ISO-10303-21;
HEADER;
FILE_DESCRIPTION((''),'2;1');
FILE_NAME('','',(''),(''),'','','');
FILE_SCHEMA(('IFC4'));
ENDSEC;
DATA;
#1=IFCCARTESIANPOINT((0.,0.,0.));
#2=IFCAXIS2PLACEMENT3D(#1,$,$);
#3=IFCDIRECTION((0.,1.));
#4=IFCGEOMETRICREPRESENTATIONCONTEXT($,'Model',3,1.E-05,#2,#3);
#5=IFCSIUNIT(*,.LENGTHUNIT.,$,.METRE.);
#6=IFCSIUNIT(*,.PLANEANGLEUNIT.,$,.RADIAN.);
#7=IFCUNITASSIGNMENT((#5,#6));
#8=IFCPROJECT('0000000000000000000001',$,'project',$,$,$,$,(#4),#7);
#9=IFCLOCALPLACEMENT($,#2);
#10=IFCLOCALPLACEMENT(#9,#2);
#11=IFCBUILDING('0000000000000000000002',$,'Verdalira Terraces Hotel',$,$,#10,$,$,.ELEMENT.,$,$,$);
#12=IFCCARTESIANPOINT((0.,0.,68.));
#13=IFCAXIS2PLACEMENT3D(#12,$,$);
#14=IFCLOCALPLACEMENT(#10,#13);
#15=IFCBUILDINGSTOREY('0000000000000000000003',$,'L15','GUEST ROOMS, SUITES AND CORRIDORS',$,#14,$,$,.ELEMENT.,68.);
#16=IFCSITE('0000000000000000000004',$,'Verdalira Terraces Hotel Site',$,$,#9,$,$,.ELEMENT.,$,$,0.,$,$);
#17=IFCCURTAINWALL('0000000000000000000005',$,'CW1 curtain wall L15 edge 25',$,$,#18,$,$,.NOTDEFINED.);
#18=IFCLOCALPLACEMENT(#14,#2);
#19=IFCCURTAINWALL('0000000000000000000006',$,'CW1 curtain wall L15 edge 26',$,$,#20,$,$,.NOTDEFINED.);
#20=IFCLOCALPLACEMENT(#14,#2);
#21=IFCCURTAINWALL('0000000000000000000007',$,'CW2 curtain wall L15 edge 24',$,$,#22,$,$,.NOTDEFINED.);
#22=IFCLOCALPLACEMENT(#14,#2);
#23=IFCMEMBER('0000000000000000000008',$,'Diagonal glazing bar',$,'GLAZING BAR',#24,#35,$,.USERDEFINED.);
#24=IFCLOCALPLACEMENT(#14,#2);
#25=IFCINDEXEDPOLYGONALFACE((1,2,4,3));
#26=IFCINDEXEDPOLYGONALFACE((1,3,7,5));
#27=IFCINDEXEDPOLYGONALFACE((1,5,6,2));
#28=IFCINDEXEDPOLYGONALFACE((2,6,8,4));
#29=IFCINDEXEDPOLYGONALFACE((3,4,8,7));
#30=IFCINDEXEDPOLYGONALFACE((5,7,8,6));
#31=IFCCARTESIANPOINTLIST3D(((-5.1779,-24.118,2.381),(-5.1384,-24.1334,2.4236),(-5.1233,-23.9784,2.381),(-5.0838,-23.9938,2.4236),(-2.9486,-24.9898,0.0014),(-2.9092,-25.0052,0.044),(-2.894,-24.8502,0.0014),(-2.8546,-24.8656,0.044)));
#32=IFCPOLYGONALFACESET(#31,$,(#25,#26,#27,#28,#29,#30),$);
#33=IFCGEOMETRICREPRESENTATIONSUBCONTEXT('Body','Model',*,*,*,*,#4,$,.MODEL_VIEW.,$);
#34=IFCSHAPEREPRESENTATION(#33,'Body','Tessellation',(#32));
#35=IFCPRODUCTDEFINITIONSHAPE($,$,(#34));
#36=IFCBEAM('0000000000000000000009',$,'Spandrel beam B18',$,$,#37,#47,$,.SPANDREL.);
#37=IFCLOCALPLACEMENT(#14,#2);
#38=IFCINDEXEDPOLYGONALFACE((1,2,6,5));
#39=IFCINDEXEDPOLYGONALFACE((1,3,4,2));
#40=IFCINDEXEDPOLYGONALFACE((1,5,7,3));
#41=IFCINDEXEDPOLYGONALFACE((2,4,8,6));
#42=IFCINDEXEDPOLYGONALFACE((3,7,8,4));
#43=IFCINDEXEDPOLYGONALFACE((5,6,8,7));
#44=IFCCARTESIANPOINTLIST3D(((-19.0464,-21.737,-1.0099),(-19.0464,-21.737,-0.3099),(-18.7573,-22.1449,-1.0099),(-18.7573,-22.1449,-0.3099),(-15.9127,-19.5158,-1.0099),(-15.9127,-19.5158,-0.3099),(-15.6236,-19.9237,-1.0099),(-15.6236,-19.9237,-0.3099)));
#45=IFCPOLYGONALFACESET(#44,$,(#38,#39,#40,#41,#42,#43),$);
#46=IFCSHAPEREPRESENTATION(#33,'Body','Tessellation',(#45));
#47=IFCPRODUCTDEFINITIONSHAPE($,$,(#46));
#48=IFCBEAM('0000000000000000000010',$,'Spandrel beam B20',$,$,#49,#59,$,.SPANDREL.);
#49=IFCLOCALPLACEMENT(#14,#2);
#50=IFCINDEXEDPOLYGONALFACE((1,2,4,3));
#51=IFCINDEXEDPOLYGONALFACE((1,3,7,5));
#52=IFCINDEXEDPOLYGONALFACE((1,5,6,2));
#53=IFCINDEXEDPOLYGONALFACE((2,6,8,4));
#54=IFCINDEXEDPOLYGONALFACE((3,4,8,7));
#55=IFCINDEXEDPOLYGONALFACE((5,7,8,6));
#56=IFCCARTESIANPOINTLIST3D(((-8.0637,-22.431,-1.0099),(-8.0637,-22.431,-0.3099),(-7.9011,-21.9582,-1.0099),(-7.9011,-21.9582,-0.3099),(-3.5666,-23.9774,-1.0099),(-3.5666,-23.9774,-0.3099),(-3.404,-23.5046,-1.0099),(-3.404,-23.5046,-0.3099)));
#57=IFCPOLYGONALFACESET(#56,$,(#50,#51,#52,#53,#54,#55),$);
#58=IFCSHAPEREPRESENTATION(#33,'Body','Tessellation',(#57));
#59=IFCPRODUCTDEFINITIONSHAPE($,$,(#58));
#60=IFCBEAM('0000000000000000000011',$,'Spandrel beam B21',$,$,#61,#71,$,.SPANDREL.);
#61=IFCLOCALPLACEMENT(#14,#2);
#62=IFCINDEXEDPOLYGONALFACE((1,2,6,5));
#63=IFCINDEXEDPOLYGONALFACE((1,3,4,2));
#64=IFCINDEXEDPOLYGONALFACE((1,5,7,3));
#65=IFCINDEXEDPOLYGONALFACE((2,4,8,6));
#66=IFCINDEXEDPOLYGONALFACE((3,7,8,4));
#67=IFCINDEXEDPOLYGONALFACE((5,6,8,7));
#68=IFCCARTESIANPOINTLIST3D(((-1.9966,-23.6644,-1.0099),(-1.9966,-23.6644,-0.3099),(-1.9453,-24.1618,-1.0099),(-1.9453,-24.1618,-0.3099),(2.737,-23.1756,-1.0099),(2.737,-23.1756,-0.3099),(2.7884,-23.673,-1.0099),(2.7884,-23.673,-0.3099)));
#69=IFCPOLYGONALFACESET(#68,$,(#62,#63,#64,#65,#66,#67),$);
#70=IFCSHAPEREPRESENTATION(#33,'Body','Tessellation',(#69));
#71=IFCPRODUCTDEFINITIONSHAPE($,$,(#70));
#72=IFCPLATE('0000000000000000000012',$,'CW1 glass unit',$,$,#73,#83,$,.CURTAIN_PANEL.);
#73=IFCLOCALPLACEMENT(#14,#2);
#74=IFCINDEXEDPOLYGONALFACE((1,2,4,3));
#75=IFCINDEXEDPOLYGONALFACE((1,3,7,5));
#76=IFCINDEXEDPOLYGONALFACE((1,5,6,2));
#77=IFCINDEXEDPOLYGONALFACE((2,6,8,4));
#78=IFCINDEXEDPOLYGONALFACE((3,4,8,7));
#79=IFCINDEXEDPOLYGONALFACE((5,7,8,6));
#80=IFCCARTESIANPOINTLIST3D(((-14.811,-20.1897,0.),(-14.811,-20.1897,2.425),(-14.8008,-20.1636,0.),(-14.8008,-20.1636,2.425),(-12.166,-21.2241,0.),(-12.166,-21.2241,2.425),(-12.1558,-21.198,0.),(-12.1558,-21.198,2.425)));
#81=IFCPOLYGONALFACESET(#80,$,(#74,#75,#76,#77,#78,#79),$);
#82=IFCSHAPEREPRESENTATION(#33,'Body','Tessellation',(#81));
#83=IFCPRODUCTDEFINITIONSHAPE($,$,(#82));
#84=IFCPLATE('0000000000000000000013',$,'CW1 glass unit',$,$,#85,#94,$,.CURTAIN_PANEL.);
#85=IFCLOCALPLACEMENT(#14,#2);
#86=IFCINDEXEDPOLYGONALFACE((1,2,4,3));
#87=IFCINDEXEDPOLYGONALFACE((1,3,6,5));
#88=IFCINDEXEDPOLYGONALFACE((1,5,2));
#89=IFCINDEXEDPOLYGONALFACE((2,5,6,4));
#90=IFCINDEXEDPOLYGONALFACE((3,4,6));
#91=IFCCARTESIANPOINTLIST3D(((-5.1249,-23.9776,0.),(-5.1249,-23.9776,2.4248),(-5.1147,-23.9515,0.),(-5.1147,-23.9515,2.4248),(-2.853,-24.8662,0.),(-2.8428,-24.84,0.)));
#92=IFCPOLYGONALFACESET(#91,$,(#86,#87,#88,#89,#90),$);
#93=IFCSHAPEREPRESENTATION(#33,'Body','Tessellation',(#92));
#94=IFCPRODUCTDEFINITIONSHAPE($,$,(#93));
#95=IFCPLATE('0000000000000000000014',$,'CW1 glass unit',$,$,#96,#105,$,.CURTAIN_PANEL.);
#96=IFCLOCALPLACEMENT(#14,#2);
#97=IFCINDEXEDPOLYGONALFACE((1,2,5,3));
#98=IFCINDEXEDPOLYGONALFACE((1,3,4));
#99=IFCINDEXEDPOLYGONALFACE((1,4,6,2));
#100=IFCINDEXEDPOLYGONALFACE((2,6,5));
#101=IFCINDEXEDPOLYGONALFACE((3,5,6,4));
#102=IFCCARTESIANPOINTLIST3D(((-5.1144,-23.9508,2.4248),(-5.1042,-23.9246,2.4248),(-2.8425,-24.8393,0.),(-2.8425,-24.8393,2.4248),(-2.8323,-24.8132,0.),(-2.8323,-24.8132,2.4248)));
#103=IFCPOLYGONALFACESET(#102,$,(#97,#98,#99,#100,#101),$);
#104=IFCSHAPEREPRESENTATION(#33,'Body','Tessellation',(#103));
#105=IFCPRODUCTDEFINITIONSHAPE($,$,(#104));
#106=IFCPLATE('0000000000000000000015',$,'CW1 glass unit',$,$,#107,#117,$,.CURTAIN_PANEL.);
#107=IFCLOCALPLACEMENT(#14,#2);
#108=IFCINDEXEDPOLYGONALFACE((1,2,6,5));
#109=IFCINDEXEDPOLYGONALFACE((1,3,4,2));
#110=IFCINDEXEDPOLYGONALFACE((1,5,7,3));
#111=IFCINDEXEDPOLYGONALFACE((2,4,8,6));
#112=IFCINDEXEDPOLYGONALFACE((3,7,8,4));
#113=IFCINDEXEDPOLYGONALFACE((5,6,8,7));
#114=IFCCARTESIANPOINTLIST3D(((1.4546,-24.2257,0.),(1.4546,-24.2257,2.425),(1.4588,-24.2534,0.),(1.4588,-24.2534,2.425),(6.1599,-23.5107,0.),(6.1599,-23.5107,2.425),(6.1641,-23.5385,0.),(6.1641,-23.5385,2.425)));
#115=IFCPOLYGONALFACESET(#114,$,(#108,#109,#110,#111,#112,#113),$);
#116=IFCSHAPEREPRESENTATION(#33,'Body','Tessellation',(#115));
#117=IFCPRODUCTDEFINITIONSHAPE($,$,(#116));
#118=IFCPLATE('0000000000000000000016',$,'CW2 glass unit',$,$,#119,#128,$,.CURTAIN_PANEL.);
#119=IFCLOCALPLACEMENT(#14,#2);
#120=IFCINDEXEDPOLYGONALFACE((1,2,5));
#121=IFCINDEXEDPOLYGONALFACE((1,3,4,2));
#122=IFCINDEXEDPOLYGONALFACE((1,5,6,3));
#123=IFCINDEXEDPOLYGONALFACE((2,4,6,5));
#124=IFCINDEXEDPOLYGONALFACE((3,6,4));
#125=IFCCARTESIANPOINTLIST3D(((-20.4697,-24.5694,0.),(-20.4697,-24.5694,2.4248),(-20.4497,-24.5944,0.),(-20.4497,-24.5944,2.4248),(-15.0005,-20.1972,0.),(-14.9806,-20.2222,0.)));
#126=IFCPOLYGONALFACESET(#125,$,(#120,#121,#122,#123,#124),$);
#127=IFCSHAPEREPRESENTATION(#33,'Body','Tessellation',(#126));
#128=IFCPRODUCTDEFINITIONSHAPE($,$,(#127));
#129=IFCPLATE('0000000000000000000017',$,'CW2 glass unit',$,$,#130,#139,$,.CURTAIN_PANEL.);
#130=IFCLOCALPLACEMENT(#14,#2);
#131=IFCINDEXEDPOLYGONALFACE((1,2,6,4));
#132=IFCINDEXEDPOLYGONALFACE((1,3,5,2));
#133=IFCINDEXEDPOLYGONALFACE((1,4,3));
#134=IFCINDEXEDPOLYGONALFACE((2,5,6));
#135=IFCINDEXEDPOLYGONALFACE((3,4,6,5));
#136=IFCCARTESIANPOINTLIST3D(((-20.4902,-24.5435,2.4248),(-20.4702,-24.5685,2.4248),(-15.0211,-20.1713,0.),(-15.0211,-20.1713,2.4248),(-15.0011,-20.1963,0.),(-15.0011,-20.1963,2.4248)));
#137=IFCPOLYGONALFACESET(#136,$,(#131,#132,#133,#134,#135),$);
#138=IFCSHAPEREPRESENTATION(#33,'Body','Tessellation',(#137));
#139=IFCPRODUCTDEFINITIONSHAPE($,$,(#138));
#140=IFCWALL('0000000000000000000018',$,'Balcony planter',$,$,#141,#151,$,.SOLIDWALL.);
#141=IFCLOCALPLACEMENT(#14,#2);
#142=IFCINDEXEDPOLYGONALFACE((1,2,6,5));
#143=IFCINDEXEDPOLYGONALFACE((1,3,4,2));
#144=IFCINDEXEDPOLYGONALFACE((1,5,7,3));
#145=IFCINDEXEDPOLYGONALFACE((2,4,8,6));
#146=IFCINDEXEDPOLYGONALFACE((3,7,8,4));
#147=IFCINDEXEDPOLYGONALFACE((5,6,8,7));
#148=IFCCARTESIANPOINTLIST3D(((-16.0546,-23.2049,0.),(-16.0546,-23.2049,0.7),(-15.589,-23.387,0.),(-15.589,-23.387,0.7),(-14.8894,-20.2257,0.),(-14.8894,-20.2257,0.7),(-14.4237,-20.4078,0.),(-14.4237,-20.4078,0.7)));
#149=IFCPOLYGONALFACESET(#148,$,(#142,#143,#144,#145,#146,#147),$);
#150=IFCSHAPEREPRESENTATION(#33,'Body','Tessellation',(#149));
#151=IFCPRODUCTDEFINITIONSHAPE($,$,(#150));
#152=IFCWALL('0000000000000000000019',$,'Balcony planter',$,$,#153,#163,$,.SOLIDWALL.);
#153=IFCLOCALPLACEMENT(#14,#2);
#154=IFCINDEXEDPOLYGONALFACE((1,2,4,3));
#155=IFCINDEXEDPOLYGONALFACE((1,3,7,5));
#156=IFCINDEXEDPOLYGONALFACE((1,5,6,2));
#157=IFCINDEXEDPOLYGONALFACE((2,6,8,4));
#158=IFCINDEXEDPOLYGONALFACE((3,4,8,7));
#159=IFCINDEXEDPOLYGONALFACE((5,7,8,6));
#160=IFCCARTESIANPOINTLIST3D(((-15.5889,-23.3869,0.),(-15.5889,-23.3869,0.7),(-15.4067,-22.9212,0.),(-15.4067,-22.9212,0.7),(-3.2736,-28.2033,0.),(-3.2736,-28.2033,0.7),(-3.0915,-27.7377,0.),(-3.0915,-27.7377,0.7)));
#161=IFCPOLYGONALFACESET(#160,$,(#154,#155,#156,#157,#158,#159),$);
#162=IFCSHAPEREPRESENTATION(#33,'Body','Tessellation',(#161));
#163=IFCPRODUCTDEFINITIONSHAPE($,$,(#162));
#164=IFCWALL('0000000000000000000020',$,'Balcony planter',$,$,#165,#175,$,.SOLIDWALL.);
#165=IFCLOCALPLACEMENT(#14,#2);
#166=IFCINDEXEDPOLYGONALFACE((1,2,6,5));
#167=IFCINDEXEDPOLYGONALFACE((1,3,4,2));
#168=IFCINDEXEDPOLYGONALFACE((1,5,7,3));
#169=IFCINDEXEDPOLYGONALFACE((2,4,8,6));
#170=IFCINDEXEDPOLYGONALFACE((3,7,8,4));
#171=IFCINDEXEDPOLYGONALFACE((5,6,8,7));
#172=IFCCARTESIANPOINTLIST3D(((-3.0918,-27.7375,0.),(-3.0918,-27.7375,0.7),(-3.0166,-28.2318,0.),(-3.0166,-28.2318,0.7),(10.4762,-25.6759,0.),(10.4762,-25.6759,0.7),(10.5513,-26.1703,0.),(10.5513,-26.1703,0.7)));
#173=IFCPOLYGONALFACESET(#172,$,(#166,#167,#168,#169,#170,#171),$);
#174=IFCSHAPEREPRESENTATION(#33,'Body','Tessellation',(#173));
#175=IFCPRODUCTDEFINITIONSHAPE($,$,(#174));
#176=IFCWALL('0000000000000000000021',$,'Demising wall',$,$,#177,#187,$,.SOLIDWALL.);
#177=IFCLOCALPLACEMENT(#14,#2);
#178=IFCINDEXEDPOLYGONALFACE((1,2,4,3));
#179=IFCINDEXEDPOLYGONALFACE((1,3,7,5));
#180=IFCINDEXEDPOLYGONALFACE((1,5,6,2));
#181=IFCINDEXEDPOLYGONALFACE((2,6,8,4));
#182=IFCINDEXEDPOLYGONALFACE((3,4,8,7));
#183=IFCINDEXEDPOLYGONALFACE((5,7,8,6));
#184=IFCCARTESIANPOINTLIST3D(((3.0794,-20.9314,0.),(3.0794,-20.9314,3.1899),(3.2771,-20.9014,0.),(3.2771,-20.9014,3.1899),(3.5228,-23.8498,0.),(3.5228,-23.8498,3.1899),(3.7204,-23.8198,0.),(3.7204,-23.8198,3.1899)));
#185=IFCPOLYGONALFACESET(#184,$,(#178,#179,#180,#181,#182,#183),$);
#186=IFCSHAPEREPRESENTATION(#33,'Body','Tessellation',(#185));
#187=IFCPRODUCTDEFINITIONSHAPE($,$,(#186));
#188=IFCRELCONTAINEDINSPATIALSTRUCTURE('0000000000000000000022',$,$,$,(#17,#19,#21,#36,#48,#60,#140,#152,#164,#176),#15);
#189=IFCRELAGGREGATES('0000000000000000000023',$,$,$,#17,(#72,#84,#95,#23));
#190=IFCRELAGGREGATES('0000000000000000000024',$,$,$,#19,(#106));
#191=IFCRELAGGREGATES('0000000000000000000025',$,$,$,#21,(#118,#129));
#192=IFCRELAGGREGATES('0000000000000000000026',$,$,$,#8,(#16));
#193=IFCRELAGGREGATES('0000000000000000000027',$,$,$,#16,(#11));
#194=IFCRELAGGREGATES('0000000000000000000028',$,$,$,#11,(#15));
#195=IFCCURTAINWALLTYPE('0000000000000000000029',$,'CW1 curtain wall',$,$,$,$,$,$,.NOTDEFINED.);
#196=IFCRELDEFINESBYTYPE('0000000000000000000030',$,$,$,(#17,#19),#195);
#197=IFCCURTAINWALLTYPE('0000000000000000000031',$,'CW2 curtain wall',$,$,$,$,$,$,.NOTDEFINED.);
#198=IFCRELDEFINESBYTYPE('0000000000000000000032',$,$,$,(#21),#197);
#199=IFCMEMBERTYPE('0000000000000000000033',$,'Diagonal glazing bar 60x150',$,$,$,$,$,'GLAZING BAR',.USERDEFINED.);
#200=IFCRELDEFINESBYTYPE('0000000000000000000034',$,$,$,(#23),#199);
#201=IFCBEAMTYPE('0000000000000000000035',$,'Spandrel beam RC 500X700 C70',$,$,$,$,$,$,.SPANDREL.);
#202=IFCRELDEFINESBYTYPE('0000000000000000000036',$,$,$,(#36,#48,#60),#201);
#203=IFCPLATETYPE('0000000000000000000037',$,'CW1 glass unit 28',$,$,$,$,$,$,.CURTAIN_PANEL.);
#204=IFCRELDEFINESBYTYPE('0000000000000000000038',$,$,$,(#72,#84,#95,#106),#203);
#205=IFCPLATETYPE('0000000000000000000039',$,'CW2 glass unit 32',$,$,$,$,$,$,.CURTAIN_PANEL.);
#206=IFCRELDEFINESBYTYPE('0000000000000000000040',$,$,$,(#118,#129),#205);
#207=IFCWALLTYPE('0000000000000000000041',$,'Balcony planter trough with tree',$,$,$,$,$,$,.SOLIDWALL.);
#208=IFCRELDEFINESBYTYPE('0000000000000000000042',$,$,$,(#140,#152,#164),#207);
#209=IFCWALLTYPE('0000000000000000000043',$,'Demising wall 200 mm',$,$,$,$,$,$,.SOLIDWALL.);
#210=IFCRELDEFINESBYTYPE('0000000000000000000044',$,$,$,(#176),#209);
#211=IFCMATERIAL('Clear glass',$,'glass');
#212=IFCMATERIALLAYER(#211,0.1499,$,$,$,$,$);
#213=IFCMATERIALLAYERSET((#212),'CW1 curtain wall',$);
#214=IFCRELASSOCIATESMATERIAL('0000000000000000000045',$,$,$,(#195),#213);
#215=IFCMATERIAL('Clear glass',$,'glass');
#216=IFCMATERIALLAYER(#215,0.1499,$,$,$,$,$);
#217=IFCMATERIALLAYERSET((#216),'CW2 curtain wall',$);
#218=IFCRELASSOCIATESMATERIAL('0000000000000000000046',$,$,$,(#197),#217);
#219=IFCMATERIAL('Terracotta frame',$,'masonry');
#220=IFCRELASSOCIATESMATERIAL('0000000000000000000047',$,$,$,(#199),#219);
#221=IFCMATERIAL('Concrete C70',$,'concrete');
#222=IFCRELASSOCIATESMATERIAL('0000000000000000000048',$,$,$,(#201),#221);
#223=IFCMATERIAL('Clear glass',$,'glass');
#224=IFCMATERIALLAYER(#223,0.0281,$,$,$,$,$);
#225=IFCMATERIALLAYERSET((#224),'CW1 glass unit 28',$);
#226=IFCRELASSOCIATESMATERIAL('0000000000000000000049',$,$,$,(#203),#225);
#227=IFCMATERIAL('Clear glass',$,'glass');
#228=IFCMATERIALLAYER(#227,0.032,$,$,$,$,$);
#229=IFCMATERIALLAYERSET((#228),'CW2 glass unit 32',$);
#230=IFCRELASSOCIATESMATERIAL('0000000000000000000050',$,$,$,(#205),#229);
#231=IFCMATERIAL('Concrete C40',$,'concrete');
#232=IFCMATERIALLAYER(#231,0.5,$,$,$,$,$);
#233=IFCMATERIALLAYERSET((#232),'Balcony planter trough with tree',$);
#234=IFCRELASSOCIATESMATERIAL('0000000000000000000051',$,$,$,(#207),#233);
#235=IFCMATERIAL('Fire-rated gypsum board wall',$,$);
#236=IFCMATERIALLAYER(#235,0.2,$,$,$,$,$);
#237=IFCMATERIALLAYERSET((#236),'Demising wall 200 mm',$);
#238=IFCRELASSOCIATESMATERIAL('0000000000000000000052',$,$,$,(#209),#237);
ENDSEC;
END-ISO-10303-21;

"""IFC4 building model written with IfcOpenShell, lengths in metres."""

from ifc_helpers import new_model, si_unit, direction, frame, frame_2d, origin, origin_2d, place, context, subcontext, project, spatial, polyline, rectangle, outline, extrude, material, layer, layer_set, material_profile, profile_set, type_object, element, aggregate, save


model = new_model("IFC4")

# Units and contexts
model_context = context("Model", 3, precision=1e-05, world=origin(), true_north=direction((0.0, 1.0)))
body_context = subcontext(model_context, "Body", "Model", "MODEL_VIEW")
ifc_project = project(units=[si_unit("LENGTHUNIT", "METRE"), si_unit("PLANEANGLEUNIT", "RADIAN")], contexts=[model_context])

# Site, building, storey
site_placement = place(None, origin())
site = spatial("IfcSite", under=ifc_project, at=site_placement, Name="Verdalira Terraces Hotel Site", CompositionType="ELEMENT", RefElevation=0.0)
building_placement = place(site_placement, origin())
building = spatial("IfcBuilding", under=site, at=building_placement, Name="Verdalira Terraces Hotel", CompositionType="ELEMENT")
storey_placement = place(building_placement, frame((0.0, 0.0, 68.0)))
storey = spatial("IfcBuildingStorey", under=building, at=storey_placement, Name="L15", Description="GUEST ROOMS, SUITES AND CORRIDORS", CompositionType="ELEMENT", Elevation=68.0)

# Curtain wall
ifc_material_1 = material(Name="Clear glass", Category="glass")
ifc_layer_1 = layer(ifc_material_1, 0.1499)
ifc_layer_set_1 = layer_set([ifc_layer_1], Name="CW1 curtain wall")
curtain_wall_type_1 = type_object("IfcCurtainWallType", Name="CW1 curtain wall", PredefinedType="NOTDEFINED", material=ifc_layer_set_1)
curtain_wall_1_placement = place(storey_placement, origin())
curtain_wall_1 = element("IfcCurtainWall", 1, at=curtain_wall_1_placement, inside=storey, type_object=curtain_wall_type_1, Name="CW1 curtain wall L15 edge 25", PredefinedType="NOTDEFINED")

# Curtain wall
curtain_wall_2_placement = place(storey_placement, origin())
curtain_wall_2 = element("IfcCurtainWall", 2, at=curtain_wall_2_placement, inside=storey, type_object=curtain_wall_type_1, Name="CW1 curtain wall L15 edge 26", PredefinedType="NOTDEFINED")

# Curtain wall
ifc_material_2 = material(Name="Clear glass", Category="glass")
ifc_layer_2 = layer(ifc_material_2, 0.1499)
ifc_layer_set_2 = layer_set([ifc_layer_2], Name="CW2 curtain wall")
curtain_wall_type_2 = type_object("IfcCurtainWallType", Name="CW2 curtain wall", PredefinedType="NOTDEFINED", material=ifc_layer_set_2)
curtain_wall_3_placement = place(storey_placement, origin())
curtain_wall_3 = element("IfcCurtainWall", 3, at=curtain_wall_3_placement, inside=storey, type_object=curtain_wall_type_2, Name="CW2 curtain wall L15 edge 24", PredefinedType="NOTDEFINED")
ifc_material_3 = material(Name="Terracotta frame", Category="masonry")
ifc_material_profile_1 = material_profile(ifc_material_3, rectangle(XDim=0.1499, YDim=0.0601, at=origin_2d()), Name="GB 60x150")
ifc_profile_set_1 = profile_set([ifc_material_profile_1], Name="Terracotta frame")
member_type_1 = type_object("IfcMemberType", Name="Diagonal glazing bar 60x150", ElementType="GLAZING BAR", PredefinedType="USERDEFINED", material=ifc_profile_set_1)

# Member
member_1_placement = place(storey_placement, frame((-5.1309, -24.0559, 2.4023), z_axis=(0.660469, -0.2583, -0.705026), x_axis=(0.364222, 0.931312, 0.0)))
member_1 = element("IfcMember", 4, at=member_1_placement, type_object=member_type_1, Name="Diagonal glazing bar", ObjectType="GLAZING BAR", PredefinedType="USERDEFINED", context=body_context, shape_type="SweptSolid", body=[
    extrude(rectangle(XDim=0.1499, YDim=0.0601, at=origin_2d()), origin(), (0.0, 0.0, 1.0), 3.3752),
])

# Beams
ifc_material_4 = material(Name="Concrete C70", Category="concrete")
ifc_material_profile_2 = material_profile(ifc_material_4, rectangle(XDim=0.5, YDim=0.7, at=origin_2d()), Name="RC 500X700")
ifc_profile_set_2 = profile_set([ifc_material_profile_2], Name="Concrete C70")
beam_type_1 = type_object("IfcBeamType", Name="Spandrel beam RC 500X700 C70", PredefinedType="SPANDREL", material=ifc_profile_set_2)
beam_1_placement = place(storey_placement, frame((-18.9019, -21.9409, -0.6599), z_axis=(0.81585, 0.578264, 0.0), x_axis=(-0.578264, 0.81585, 0.0)))
element("IfcBeam", 5, at=beam_1_placement, inside=storey, type_object=beam_type_1, Name="Spandrel beam B18", PredefinedType="SPANDREL", context=body_context, shape_type="SweptSolid", body=[
    extrude(rectangle(XDim=0.5, YDim=0.7, at=origin_2d()), origin(), (0.0, 0.0, 1.0), 3.8411),
])
beam_2_placement = place(storey_placement, frame((-7.9824, -22.1946, -0.6599), z_axis=(0.945653, -0.325177, 0.0), x_axis=(0.325177, 0.945653, 0.0)))
element("IfcBeam", 6, at=beam_2_placement, inside=storey, type_object=beam_type_1, Name="Spandrel beam B20", PredefinedType="SPANDREL", context=body_context, shape_type="SweptSolid", body=[
    extrude(rectangle(XDim=0.5, YDim=0.7, at=origin_2d()), origin(), (0.0, 0.0, 1.0), 4.7556),
])
beam_3_placement = place(storey_placement, frame((-1.9709, -23.9131, -0.6599), z_axis=(0.994712, 0.102708, 0.0), x_axis=(-0.102708, 0.994712, 0.0)))
element("IfcBeam", 7, at=beam_3_placement, inside=storey, type_object=beam_type_1, Name="Spandrel beam B21", PredefinedType="SPANDREL", context=body_context, shape_type="SweptSolid", body=[
    extrude(rectangle(XDim=0.5, YDim=0.7, at=origin_2d()), origin(), (0.0, 0.0, 1.0), 4.7588),
])

# Plates
ifc_material_5 = material(Name="Clear glass", Category="glass")
ifc_layer_3 = layer(ifc_material_5, 0.0281)
ifc_layer_set_3 = layer_set([ifc_layer_3], Name="CW1 glass unit 28")
plate_type_1 = type_object("IfcPlateType", Name="CW1 glass unit 28", PredefinedType="CURTAIN_PANEL", material=ifc_layer_set_3)
plate_1_placement = place(storey_placement, frame((-13.4834, -20.6938, 0.0), z_axis=(0.0, 0.0, 1.0), x_axis=(0.93131, -0.364227, 0.0)))
plate_1 = element("IfcPlate", 8, at=plate_1_placement, type_object=plate_type_1, Name="CW1 glass unit", PredefinedType="CURTAIN_PANEL", context=body_context, shape_type="SweptSolid", body=[
    extrude(rectangle(XDim=2.8401, YDim=0.0281, at=origin_2d()), origin(), (0.0, 0.0, 1.0), 2.425),
])
plate_2_placement = place(storey_placement, frame((-3.9788, -24.3958, 1.2124), z_axis=(-0.364227, -0.93131, 0.0), x_axis=(0.93131, -0.364227, 0.0)))
plate_2 = element("IfcPlate", 9, at=plate_2_placement, type_object=plate_type_1, Name="CW1 glass unit", PredefinedType="CURTAIN_PANEL", context=body_context, shape_type="SweptSolid", body=[
    extrude(outline(polyline([(-1.2197, -1.2124), (1.2197, -1.2124), (-1.2197, 1.2124), (-1.2197, -1.2124)])), origin(), (0.0, 0.0, 1.0), 0.0281),
])
plate_3_placement = place(storey_placement, frame((-3.9683, -24.3689, 1.2124), z_axis=(-0.364227, -0.93131, 0.0), x_axis=(0.93131, -0.364227, 0.0)))
plate_3 = element("IfcPlate", 10, at=plate_3_placement, type_object=plate_type_1, Name="CW1 glass unit", PredefinedType="CURTAIN_PANEL", context=body_context, shape_type="SweptSolid", body=[
    extrude(outline(polyline([(1.2197, -1.2124), (1.2197, 1.2124), (-1.2197, 1.2124), (1.2197, -1.2124)])), origin(), (0.0, 0.0, 1.0), 0.0281),
])
aggregate(curtain_wall_1, [plate_1, plate_2, plate_3, member_1])
plate_4_placement = place(storey_placement, frame((3.8093, -23.8821, 0.0), z_axis=(0.0, 0.0, 1.0), x_axis=(0.988652, 0.150226, 0.0)))
plate_4 = element("IfcPlate", 11, at=plate_4_placement, type_object=plate_type_1, Name="CW1 glass unit", PredefinedType="CURTAIN_PANEL", context=body_context, shape_type="SweptSolid", body=[
    extrude(rectangle(XDim=4.7593, YDim=0.0281, at=origin_2d()), origin(), (0.0, 0.0, 1.0), 2.425),
])
aggregate(curtain_wall_2, [plate_4])
ifc_material_6 = material(Name="Clear glass", Category="glass")
ifc_layer_4 = layer(ifc_material_6, 0.032)
ifc_layer_set_4 = layer_set([ifc_layer_4], Name="CW2 glass unit 32")
plate_type_2 = type_object("IfcPlateType", Name="CW2 glass unit 32", PredefinedType="CURTAIN_PANEL", material=ifc_layer_set_4)
plate_5_placement = place(storey_placement, frame((-17.7351, -22.3833, 1.2124), z_axis=(0.624425, -0.781085, 0.0), x_axis=(0.781085, 0.624425, 0.0)))
plate_5 = element("IfcPlate", 12, at=plate_5_placement, type_object=plate_type_2, Name="CW2 glass unit", PredefinedType="CURTAIN_PANEL", context=body_context, shape_type="SweptSolid", body=[
    extrude(outline(polyline([(-3.501, -1.2124), (3.501, -1.2124), (-3.501, 1.2124), (-3.501, -1.2124)])), origin(), (0.0, 0.0, 1.0), 0.032),
])
plate_6_placement = place(storey_placement, frame((-17.7556, -22.3574, 1.2124), z_axis=(0.624425, -0.781085, 0.0), x_axis=(0.781085, 0.624425, 0.0)))
plate_6 = element("IfcPlate", 13, at=plate_6_placement, type_object=plate_type_2, Name="CW2 glass unit", PredefinedType="CURTAIN_PANEL", context=body_context, shape_type="SweptSolid", body=[
    extrude(outline(polyline([(3.501, -1.2124), (3.501, 1.2124), (-3.501, 1.2124), (3.501, -1.2124)])), origin(), (0.0, 0.0, 1.0), 0.032),
])
aggregate(curtain_wall_3, [plate_5, plate_6])

# Walls
ifc_material_7 = material(Name="Concrete C40", Category="concrete")
ifc_layer_5 = layer(ifc_material_7, 0.5)
ifc_layer_set_5 = layer_set([ifc_layer_5], Name="Balcony planter trough with tree")
wall_type_1 = type_object("IfcWallType", Name="Balcony planter trough with tree", PredefinedType="SOLIDWALL", material=ifc_layer_set_5)
wall_1_placement = place(storey_placement, frame((-14.6565, -20.3166, 0.0), z_axis=(0.0, 0.0, 1.0), x_axis=(-0.364261, -0.931297, 0.0)))
element("IfcWall", 14, at=wall_1_placement, inside=storey, type_object=wall_type_1, Name="Balcony planter", PredefinedType="SOLIDWALL", context=body_context, shape_type="SweptSolid", body=[
    extrude(rectangle(XDim=3.199, YDim=0.5, at=frame_2d((1.5996, 0.0))), origin(), (0.0, 0.0, 1.0), 0.7),
])
wall_2_placement = place(storey_placement, frame((-15.4978, -23.1541, 0.0), z_axis=(0.0, 0.0, 1.0), x_axis=(0.931309, -0.36423, 0.0)))
element("IfcWall", 15, at=wall_2_placement, inside=storey, type_object=wall_type_1, Name="Balcony planter", PredefinedType="SOLIDWALL", context=body_context, shape_type="SweptSolid", body=[
    extrude(rectangle(XDim=13.2236, YDim=0.5, at=frame_2d((6.6118, 0.0))), origin(), (0.0, 0.0, 1.0), 0.7),
])
wall_3_placement = place(storey_placement, frame((-3.0542, -27.9846, 0.0), z_axis=(0.0, 0.0, 1.0), x_axis=(0.988653, 0.150217, 0.0)))
element("IfcWall", 16, at=wall_3_placement, inside=storey, type_object=wall_type_1, Name="Balcony planter", PredefinedType="SOLIDWALL", context=body_context, shape_type="SweptSolid", body=[
    extrude(rectangle(XDim=13.7236, YDim=0.5, at=frame_2d((6.8618, 0.0))), origin(), (0.0, 0.0, 1.0), 0.7),
])
ifc_material_8 = material(Name="Fire-rated gypsum board wall")
ifc_layer_6 = layer(ifc_material_8, 0.2)
ifc_layer_set_6 = layer_set([ifc_layer_6], Name="Demising wall 200 mm")
wall_type_2 = type_object("IfcWallType", Name="Demising wall 200 mm", PredefinedType="SOLIDWALL", material=ifc_layer_set_6)
wall_4_placement = place(storey_placement, frame((3.1782, -20.9163, 0.0), z_axis=(0.0, 0.0, 1.0), x_axis=(0.150192, -0.988657, 0.0)))
element("IfcWall", 17, at=wall_4_placement, inside=storey, type_object=wall_type_2, Name="Demising wall", PredefinedType="SOLIDWALL", context=body_context, shape_type="SweptSolid", body=[
    extrude(rectangle(XDim=2.9519, YDim=0.2, at=frame_2d((1.4761, 0.0))), origin(), (0.0, 0.0, 1.0), 3.1899),
])

save(model, "model.ifc")
